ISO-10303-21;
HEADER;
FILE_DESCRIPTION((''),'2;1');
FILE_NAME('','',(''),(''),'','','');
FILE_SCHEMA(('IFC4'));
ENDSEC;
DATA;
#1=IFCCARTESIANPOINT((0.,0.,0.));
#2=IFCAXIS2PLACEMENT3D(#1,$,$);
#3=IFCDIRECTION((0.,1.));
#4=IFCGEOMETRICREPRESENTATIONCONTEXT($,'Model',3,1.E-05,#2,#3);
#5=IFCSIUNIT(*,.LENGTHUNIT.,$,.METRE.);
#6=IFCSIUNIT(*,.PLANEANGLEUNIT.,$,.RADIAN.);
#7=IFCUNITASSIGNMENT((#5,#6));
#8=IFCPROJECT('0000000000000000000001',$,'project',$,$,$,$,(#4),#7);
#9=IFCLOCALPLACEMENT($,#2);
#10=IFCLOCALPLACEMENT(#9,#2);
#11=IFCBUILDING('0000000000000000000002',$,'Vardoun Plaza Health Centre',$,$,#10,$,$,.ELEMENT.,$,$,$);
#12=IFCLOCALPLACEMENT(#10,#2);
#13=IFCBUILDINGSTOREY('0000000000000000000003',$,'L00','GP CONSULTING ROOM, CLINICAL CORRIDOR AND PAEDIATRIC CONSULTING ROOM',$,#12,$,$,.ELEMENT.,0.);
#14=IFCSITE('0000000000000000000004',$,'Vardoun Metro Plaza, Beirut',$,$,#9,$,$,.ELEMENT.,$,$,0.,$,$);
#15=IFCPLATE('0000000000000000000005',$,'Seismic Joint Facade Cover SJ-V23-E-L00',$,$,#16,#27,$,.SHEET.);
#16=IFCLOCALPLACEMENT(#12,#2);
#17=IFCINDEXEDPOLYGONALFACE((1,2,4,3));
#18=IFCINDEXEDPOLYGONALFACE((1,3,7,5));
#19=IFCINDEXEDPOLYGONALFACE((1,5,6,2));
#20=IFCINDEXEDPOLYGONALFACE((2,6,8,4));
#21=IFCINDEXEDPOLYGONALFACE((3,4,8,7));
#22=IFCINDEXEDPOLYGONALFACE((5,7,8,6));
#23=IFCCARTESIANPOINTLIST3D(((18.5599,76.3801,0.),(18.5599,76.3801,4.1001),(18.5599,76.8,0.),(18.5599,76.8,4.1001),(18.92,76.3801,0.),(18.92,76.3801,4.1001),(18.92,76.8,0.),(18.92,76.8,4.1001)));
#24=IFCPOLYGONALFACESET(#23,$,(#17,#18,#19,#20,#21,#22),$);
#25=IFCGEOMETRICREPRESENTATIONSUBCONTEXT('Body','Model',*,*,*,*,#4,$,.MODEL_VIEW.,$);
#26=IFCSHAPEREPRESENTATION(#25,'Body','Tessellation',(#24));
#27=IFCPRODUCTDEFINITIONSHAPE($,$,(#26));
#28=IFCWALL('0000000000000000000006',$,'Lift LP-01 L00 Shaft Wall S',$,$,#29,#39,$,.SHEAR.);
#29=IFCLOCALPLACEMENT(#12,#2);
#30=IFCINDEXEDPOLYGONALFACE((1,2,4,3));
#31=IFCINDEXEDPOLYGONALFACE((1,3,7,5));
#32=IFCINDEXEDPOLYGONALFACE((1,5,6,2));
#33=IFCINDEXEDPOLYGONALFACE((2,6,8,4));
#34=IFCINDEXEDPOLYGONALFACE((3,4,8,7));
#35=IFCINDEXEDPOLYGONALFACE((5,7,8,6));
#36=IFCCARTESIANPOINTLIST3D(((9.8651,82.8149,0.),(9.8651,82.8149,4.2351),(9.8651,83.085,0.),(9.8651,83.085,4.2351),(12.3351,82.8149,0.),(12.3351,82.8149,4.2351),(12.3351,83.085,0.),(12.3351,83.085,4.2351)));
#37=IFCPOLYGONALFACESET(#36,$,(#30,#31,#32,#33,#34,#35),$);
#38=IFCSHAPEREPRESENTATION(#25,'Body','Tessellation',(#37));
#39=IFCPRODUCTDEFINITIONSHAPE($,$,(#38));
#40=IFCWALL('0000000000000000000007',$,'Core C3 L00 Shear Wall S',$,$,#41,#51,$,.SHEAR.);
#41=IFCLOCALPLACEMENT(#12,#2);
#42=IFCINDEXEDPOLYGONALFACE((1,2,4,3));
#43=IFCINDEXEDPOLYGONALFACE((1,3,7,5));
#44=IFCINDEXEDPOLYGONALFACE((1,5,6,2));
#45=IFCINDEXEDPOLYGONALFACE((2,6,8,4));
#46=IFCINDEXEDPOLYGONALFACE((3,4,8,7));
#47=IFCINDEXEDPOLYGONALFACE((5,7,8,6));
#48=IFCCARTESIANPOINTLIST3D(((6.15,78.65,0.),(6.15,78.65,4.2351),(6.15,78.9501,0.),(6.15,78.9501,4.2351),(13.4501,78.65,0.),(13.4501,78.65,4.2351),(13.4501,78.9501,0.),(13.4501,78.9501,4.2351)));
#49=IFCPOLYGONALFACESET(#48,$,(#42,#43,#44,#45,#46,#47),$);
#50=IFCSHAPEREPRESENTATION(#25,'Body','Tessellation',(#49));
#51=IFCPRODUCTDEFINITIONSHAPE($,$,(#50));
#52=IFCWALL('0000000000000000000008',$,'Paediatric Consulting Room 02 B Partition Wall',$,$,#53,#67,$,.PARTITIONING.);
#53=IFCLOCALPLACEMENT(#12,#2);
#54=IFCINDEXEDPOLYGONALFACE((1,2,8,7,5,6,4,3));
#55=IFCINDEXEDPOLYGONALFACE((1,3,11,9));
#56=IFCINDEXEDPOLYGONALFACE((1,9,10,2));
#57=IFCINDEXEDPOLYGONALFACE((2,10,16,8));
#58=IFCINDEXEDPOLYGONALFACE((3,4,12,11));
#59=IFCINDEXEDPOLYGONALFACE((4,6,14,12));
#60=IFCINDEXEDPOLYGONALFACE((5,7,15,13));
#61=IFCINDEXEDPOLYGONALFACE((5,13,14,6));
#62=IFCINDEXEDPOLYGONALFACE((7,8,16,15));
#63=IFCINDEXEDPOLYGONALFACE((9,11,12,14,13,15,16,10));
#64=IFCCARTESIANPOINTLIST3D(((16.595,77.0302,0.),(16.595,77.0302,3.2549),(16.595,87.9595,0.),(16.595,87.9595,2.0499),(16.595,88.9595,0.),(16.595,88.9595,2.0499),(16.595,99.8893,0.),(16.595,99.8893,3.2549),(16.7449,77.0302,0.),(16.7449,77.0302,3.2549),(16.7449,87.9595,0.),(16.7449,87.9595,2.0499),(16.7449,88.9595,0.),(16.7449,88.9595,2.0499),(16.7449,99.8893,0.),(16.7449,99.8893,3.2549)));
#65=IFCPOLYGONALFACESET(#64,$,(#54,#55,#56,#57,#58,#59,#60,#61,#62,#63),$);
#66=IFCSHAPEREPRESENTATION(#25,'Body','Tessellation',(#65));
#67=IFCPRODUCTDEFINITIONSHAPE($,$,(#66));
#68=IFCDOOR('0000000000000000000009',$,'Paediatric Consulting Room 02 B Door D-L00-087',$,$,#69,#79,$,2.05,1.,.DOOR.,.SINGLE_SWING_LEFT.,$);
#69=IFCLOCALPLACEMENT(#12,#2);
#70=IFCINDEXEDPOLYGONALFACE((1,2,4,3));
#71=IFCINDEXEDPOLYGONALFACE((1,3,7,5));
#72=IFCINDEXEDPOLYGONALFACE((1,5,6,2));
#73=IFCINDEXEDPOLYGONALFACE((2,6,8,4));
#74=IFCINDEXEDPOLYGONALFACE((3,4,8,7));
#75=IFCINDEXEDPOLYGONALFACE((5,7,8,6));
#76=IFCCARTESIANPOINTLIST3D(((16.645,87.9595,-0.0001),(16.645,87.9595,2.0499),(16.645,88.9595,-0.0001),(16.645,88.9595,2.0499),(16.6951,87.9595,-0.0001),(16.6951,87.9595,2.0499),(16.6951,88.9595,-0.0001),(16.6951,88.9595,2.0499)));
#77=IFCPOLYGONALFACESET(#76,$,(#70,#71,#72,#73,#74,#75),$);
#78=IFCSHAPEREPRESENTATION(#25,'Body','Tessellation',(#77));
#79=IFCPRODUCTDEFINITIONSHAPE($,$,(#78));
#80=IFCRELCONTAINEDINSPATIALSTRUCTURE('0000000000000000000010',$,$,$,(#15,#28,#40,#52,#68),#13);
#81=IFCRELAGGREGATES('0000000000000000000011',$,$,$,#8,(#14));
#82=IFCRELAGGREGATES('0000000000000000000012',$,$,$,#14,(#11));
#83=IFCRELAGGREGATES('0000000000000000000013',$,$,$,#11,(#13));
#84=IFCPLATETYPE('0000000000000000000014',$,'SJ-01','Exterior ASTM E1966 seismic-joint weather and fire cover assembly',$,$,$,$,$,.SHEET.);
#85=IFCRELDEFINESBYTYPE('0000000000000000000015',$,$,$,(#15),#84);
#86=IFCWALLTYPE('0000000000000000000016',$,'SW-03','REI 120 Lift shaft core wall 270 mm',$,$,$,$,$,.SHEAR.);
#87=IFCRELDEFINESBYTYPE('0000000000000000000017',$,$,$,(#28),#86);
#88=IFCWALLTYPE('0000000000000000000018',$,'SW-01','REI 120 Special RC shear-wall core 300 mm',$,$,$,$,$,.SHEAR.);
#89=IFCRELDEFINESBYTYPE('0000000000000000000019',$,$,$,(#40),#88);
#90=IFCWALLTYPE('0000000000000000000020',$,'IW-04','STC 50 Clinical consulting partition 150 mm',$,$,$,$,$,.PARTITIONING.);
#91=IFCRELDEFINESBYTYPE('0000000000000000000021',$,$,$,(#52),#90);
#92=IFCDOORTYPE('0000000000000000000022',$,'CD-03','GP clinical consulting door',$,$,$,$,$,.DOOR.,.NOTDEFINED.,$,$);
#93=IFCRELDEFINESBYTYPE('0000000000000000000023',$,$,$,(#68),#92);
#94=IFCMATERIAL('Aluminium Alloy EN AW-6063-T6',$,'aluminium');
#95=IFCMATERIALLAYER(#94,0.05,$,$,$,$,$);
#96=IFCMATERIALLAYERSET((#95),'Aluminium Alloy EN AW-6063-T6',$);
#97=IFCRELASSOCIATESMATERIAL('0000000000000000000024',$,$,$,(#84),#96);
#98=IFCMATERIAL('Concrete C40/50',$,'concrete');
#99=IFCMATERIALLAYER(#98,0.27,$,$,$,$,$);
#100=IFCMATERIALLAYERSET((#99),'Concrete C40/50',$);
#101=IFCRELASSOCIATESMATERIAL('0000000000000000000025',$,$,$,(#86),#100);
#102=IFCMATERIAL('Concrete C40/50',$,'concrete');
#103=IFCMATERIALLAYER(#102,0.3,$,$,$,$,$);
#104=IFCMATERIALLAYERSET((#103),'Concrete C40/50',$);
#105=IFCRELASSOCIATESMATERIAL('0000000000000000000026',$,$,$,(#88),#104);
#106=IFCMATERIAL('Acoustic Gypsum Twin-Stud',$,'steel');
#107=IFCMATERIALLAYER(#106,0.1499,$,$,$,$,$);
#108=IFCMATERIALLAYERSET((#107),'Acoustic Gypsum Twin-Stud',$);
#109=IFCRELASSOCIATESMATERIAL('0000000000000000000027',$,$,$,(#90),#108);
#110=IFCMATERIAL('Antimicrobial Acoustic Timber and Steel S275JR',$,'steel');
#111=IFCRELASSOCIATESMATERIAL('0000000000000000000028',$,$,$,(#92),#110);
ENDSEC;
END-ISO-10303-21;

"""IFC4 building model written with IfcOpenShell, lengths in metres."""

from ifc_helpers import new_model, si_unit, direction, frame, frame_2d, origin, origin_2d, place, context, subcontext, project, spatial, rectangle, extrude, material, layer, layer_set, type_object, element, fill, save


model = new_model("IFC4")

# Units and contexts
model_context = context("Model", 3, precision=1e-05, world=origin(), true_north=direction((0.0, 1.0)))
body_context = subcontext(model_context, "Body", "Model", "MODEL_VIEW")
ifc_project = project(units=[si_unit("LENGTHUNIT", "METRE"), si_unit("PLANEANGLEUNIT", "RADIAN")], contexts=[model_context])

# Site, building, storey
site_placement = place(None, origin())
site = spatial("IfcSite", under=ifc_project, at=site_placement, Name="Vardoun Metro Plaza, Beirut", CompositionType="ELEMENT", RefElevation=0.0)
building_placement = place(site_placement, origin())
building = spatial("IfcBuilding", under=site, at=building_placement, Name="Vardoun Plaza Health Centre", CompositionType="ELEMENT")
storey_placement = place(building_placement, origin())
storey = spatial("IfcBuildingStorey", under=building, at=storey_placement, Name="L00", Description="GP CONSULTING ROOM, CLINICAL CORRIDOR AND PAEDIATRIC CONSULTING ROOM", CompositionType="ELEMENT", Elevation=0.0)

# Plate
ifc_material_1 = material(Name="Aluminium Alloy EN AW-6063-T6", Category="aluminium")
ifc_layer_1 = layer(ifc_material_1, 0.05)
ifc_layer_set_1 = layer_set([ifc_layer_1], Name="Aluminium Alloy EN AW-6063-T6")
plate_type_1 = type_object("IfcPlateType", Name="SJ-01", Description="Exterior ASTM E1966 seismic-joint weather and fire cover assembly", PredefinedType="SHEET", material=ifc_layer_set_1)
plate_1_placement = place(storey_placement, frame((18.74, 76.5901, 0.0), z_axis=(0.0, 0.0, 1.0), x_axis=(1.0, 0.0, 0.0)))
element("IfcPlate", 1, at=plate_1_placement, inside=storey, type_object=plate_type_1, Name="Seismic Joint Facade Cover SJ-V23-E-L00", PredefinedType="SHEET", context=body_context, shape_type="SweptSolid", body=[
    extrude(rectangle(XDim=0.3601, YDim=0.4199, at=origin_2d()), origin(), (0.0, 0.0, 1.0), 4.1001),
])

# Walls
ifc_material_2 = material(Name="Concrete C40/50", Category="concrete")
ifc_layer_2 = layer(ifc_material_2, 0.27)
ifc_layer_set_2 = layer_set([ifc_layer_2], Name="Concrete C40/50")
wall_type_1 = type_object("IfcWallType", Name="SW-03", Description="REI 120 Lift shaft core wall 270 mm", PredefinedType="SHEAR", material=ifc_layer_set_2)
wall_1_placement = place(storey_placement, frame((12.335, 82.95, 0.0), z_axis=(0.0, 0.0, 1.0), x_axis=(-1.0, 0.0, 0.0)))
element("IfcWall", 2, at=wall_1_placement, inside=storey, type_object=wall_type_1, Name="Lift LP-01 L00 Shaft Wall S", PredefinedType="SHEAR", context=body_context, shape_type="SweptSolid", body=[
    extrude(rectangle(XDim=2.47, YDim=0.27, at=frame_2d((1.2349, 0.0))), origin(), (0.0, 0.0, 1.0), 4.2351),
])
ifc_material_3 = material(Name="Concrete C40/50", Category="concrete")
ifc_layer_3 = layer(ifc_material_3, 0.3)
ifc_layer_set_3 = layer_set([ifc_layer_3], Name="Concrete C40/50")
wall_type_2 = type_object("IfcWallType", Name="SW-01", Description="REI 120 Special RC shear-wall core 300 mm", PredefinedType="SHEAR", material=ifc_layer_set_3)
wall_2_placement = place(storey_placement, frame((13.45, 78.8, 0.0), z_axis=(0.0, 0.0, 1.0), x_axis=(-1.0, 0.0, 0.0)))
element("IfcWall", 3, at=wall_2_placement, inside=storey, type_object=wall_type_2, Name="Core C3 L00 Shear Wall S", PredefinedType="SHEAR", context=body_context, shape_type="SweptSolid", body=[
    extrude(rectangle(XDim=7.3, YDim=0.3, at=frame_2d((3.6499, 0.0))), origin(), (0.0, 0.0, 1.0), 4.2351),
])

# Wall, opening, door
ifc_material_4 = material(Name="Acoustic Gypsum Twin-Stud", Category="steel")
ifc_layer_4 = layer(ifc_material_4, 0.1499)
ifc_layer_set_4 = layer_set([ifc_layer_4], Name="Acoustic Gypsum Twin-Stud")
wall_type_3 = type_object("IfcWallType", Name="IW-04", Description="STC 50 Clinical consulting partition 150 mm", PredefinedType="PARTITIONING", material=ifc_layer_set_4)
wall_3_placement = place(storey_placement, frame((16.6699, 77.03, 0.0), z_axis=(0.0, 0.0, 1.0), x_axis=(0.0, 1.0, 0.0)))
wall_3 = element("IfcWall", 4, at=wall_3_placement, inside=storey, type_object=wall_type_3, Name="Paediatric Consulting Room 02 B Partition Wall", PredefinedType="PARTITIONING", context=body_context, shape_type="SweptSolid", body=[
    extrude(rectangle(XDim=22.8591, YDim=0.1499, at=frame_2d((11.4297, 0.0))), origin(), (0.0, 0.0, 1.0), 3.2549),
])
opening_1_placement = place(wall_3_placement, frame((10.9294, 0.0, 0.0)))
opening_1 = element("IfcOpeningElement", 5, at=opening_1_placement, cuts=wall_3, PredefinedType="OPENING", context=body_context, shape_type="SweptSolid", body=[
    extrude(rectangle(XDim=1.0, YDim=2.05, at=frame_2d((0.5, 1.0249))), frame((0.0, 0.075, 0.0), z_axis=(0.0, -1.0, 0.0), x_axis=(1.0, 0.0, 0.0)), (0.0, 0.0, 1.0), 0.1499),
])
ifc_material_5 = material(Name="Antimicrobial Acoustic Timber and Steel S275JR", Category="steel")
door_type_1 = type_object("IfcDoorType", Name="CD-03", Description="GP clinical consulting door", OperationType="NOTDEFINED", PredefinedType="DOOR", material=ifc_material_5)
door_1_placement = place(opening_1_placement, origin())
door_1 = element("IfcDoor", 6, at=door_1_placement, inside=storey, type_object=door_type_1, Name="Paediatric Consulting Room 02 B Door D-L00-087", OperationType="SINGLE_SWING_LEFT", OverallHeight=2.05, OverallWidth=1.0, PredefinedType="DOOR", context=body_context, shape_type="SweptSolid", body=[
    extrude(rectangle(XDim=1.0, YDim=2.05, at=frame_2d((0.5, 1.0249))), frame((0.0, 0.0249, 0.0), z_axis=(0.0, -1.0, 0.0), x_axis=(1.0, 0.0, 0.0)), (0.0, 0.0, 1.0), 0.05),
])
fill(opening_1, door_1)

save(model, "model.ifc")
